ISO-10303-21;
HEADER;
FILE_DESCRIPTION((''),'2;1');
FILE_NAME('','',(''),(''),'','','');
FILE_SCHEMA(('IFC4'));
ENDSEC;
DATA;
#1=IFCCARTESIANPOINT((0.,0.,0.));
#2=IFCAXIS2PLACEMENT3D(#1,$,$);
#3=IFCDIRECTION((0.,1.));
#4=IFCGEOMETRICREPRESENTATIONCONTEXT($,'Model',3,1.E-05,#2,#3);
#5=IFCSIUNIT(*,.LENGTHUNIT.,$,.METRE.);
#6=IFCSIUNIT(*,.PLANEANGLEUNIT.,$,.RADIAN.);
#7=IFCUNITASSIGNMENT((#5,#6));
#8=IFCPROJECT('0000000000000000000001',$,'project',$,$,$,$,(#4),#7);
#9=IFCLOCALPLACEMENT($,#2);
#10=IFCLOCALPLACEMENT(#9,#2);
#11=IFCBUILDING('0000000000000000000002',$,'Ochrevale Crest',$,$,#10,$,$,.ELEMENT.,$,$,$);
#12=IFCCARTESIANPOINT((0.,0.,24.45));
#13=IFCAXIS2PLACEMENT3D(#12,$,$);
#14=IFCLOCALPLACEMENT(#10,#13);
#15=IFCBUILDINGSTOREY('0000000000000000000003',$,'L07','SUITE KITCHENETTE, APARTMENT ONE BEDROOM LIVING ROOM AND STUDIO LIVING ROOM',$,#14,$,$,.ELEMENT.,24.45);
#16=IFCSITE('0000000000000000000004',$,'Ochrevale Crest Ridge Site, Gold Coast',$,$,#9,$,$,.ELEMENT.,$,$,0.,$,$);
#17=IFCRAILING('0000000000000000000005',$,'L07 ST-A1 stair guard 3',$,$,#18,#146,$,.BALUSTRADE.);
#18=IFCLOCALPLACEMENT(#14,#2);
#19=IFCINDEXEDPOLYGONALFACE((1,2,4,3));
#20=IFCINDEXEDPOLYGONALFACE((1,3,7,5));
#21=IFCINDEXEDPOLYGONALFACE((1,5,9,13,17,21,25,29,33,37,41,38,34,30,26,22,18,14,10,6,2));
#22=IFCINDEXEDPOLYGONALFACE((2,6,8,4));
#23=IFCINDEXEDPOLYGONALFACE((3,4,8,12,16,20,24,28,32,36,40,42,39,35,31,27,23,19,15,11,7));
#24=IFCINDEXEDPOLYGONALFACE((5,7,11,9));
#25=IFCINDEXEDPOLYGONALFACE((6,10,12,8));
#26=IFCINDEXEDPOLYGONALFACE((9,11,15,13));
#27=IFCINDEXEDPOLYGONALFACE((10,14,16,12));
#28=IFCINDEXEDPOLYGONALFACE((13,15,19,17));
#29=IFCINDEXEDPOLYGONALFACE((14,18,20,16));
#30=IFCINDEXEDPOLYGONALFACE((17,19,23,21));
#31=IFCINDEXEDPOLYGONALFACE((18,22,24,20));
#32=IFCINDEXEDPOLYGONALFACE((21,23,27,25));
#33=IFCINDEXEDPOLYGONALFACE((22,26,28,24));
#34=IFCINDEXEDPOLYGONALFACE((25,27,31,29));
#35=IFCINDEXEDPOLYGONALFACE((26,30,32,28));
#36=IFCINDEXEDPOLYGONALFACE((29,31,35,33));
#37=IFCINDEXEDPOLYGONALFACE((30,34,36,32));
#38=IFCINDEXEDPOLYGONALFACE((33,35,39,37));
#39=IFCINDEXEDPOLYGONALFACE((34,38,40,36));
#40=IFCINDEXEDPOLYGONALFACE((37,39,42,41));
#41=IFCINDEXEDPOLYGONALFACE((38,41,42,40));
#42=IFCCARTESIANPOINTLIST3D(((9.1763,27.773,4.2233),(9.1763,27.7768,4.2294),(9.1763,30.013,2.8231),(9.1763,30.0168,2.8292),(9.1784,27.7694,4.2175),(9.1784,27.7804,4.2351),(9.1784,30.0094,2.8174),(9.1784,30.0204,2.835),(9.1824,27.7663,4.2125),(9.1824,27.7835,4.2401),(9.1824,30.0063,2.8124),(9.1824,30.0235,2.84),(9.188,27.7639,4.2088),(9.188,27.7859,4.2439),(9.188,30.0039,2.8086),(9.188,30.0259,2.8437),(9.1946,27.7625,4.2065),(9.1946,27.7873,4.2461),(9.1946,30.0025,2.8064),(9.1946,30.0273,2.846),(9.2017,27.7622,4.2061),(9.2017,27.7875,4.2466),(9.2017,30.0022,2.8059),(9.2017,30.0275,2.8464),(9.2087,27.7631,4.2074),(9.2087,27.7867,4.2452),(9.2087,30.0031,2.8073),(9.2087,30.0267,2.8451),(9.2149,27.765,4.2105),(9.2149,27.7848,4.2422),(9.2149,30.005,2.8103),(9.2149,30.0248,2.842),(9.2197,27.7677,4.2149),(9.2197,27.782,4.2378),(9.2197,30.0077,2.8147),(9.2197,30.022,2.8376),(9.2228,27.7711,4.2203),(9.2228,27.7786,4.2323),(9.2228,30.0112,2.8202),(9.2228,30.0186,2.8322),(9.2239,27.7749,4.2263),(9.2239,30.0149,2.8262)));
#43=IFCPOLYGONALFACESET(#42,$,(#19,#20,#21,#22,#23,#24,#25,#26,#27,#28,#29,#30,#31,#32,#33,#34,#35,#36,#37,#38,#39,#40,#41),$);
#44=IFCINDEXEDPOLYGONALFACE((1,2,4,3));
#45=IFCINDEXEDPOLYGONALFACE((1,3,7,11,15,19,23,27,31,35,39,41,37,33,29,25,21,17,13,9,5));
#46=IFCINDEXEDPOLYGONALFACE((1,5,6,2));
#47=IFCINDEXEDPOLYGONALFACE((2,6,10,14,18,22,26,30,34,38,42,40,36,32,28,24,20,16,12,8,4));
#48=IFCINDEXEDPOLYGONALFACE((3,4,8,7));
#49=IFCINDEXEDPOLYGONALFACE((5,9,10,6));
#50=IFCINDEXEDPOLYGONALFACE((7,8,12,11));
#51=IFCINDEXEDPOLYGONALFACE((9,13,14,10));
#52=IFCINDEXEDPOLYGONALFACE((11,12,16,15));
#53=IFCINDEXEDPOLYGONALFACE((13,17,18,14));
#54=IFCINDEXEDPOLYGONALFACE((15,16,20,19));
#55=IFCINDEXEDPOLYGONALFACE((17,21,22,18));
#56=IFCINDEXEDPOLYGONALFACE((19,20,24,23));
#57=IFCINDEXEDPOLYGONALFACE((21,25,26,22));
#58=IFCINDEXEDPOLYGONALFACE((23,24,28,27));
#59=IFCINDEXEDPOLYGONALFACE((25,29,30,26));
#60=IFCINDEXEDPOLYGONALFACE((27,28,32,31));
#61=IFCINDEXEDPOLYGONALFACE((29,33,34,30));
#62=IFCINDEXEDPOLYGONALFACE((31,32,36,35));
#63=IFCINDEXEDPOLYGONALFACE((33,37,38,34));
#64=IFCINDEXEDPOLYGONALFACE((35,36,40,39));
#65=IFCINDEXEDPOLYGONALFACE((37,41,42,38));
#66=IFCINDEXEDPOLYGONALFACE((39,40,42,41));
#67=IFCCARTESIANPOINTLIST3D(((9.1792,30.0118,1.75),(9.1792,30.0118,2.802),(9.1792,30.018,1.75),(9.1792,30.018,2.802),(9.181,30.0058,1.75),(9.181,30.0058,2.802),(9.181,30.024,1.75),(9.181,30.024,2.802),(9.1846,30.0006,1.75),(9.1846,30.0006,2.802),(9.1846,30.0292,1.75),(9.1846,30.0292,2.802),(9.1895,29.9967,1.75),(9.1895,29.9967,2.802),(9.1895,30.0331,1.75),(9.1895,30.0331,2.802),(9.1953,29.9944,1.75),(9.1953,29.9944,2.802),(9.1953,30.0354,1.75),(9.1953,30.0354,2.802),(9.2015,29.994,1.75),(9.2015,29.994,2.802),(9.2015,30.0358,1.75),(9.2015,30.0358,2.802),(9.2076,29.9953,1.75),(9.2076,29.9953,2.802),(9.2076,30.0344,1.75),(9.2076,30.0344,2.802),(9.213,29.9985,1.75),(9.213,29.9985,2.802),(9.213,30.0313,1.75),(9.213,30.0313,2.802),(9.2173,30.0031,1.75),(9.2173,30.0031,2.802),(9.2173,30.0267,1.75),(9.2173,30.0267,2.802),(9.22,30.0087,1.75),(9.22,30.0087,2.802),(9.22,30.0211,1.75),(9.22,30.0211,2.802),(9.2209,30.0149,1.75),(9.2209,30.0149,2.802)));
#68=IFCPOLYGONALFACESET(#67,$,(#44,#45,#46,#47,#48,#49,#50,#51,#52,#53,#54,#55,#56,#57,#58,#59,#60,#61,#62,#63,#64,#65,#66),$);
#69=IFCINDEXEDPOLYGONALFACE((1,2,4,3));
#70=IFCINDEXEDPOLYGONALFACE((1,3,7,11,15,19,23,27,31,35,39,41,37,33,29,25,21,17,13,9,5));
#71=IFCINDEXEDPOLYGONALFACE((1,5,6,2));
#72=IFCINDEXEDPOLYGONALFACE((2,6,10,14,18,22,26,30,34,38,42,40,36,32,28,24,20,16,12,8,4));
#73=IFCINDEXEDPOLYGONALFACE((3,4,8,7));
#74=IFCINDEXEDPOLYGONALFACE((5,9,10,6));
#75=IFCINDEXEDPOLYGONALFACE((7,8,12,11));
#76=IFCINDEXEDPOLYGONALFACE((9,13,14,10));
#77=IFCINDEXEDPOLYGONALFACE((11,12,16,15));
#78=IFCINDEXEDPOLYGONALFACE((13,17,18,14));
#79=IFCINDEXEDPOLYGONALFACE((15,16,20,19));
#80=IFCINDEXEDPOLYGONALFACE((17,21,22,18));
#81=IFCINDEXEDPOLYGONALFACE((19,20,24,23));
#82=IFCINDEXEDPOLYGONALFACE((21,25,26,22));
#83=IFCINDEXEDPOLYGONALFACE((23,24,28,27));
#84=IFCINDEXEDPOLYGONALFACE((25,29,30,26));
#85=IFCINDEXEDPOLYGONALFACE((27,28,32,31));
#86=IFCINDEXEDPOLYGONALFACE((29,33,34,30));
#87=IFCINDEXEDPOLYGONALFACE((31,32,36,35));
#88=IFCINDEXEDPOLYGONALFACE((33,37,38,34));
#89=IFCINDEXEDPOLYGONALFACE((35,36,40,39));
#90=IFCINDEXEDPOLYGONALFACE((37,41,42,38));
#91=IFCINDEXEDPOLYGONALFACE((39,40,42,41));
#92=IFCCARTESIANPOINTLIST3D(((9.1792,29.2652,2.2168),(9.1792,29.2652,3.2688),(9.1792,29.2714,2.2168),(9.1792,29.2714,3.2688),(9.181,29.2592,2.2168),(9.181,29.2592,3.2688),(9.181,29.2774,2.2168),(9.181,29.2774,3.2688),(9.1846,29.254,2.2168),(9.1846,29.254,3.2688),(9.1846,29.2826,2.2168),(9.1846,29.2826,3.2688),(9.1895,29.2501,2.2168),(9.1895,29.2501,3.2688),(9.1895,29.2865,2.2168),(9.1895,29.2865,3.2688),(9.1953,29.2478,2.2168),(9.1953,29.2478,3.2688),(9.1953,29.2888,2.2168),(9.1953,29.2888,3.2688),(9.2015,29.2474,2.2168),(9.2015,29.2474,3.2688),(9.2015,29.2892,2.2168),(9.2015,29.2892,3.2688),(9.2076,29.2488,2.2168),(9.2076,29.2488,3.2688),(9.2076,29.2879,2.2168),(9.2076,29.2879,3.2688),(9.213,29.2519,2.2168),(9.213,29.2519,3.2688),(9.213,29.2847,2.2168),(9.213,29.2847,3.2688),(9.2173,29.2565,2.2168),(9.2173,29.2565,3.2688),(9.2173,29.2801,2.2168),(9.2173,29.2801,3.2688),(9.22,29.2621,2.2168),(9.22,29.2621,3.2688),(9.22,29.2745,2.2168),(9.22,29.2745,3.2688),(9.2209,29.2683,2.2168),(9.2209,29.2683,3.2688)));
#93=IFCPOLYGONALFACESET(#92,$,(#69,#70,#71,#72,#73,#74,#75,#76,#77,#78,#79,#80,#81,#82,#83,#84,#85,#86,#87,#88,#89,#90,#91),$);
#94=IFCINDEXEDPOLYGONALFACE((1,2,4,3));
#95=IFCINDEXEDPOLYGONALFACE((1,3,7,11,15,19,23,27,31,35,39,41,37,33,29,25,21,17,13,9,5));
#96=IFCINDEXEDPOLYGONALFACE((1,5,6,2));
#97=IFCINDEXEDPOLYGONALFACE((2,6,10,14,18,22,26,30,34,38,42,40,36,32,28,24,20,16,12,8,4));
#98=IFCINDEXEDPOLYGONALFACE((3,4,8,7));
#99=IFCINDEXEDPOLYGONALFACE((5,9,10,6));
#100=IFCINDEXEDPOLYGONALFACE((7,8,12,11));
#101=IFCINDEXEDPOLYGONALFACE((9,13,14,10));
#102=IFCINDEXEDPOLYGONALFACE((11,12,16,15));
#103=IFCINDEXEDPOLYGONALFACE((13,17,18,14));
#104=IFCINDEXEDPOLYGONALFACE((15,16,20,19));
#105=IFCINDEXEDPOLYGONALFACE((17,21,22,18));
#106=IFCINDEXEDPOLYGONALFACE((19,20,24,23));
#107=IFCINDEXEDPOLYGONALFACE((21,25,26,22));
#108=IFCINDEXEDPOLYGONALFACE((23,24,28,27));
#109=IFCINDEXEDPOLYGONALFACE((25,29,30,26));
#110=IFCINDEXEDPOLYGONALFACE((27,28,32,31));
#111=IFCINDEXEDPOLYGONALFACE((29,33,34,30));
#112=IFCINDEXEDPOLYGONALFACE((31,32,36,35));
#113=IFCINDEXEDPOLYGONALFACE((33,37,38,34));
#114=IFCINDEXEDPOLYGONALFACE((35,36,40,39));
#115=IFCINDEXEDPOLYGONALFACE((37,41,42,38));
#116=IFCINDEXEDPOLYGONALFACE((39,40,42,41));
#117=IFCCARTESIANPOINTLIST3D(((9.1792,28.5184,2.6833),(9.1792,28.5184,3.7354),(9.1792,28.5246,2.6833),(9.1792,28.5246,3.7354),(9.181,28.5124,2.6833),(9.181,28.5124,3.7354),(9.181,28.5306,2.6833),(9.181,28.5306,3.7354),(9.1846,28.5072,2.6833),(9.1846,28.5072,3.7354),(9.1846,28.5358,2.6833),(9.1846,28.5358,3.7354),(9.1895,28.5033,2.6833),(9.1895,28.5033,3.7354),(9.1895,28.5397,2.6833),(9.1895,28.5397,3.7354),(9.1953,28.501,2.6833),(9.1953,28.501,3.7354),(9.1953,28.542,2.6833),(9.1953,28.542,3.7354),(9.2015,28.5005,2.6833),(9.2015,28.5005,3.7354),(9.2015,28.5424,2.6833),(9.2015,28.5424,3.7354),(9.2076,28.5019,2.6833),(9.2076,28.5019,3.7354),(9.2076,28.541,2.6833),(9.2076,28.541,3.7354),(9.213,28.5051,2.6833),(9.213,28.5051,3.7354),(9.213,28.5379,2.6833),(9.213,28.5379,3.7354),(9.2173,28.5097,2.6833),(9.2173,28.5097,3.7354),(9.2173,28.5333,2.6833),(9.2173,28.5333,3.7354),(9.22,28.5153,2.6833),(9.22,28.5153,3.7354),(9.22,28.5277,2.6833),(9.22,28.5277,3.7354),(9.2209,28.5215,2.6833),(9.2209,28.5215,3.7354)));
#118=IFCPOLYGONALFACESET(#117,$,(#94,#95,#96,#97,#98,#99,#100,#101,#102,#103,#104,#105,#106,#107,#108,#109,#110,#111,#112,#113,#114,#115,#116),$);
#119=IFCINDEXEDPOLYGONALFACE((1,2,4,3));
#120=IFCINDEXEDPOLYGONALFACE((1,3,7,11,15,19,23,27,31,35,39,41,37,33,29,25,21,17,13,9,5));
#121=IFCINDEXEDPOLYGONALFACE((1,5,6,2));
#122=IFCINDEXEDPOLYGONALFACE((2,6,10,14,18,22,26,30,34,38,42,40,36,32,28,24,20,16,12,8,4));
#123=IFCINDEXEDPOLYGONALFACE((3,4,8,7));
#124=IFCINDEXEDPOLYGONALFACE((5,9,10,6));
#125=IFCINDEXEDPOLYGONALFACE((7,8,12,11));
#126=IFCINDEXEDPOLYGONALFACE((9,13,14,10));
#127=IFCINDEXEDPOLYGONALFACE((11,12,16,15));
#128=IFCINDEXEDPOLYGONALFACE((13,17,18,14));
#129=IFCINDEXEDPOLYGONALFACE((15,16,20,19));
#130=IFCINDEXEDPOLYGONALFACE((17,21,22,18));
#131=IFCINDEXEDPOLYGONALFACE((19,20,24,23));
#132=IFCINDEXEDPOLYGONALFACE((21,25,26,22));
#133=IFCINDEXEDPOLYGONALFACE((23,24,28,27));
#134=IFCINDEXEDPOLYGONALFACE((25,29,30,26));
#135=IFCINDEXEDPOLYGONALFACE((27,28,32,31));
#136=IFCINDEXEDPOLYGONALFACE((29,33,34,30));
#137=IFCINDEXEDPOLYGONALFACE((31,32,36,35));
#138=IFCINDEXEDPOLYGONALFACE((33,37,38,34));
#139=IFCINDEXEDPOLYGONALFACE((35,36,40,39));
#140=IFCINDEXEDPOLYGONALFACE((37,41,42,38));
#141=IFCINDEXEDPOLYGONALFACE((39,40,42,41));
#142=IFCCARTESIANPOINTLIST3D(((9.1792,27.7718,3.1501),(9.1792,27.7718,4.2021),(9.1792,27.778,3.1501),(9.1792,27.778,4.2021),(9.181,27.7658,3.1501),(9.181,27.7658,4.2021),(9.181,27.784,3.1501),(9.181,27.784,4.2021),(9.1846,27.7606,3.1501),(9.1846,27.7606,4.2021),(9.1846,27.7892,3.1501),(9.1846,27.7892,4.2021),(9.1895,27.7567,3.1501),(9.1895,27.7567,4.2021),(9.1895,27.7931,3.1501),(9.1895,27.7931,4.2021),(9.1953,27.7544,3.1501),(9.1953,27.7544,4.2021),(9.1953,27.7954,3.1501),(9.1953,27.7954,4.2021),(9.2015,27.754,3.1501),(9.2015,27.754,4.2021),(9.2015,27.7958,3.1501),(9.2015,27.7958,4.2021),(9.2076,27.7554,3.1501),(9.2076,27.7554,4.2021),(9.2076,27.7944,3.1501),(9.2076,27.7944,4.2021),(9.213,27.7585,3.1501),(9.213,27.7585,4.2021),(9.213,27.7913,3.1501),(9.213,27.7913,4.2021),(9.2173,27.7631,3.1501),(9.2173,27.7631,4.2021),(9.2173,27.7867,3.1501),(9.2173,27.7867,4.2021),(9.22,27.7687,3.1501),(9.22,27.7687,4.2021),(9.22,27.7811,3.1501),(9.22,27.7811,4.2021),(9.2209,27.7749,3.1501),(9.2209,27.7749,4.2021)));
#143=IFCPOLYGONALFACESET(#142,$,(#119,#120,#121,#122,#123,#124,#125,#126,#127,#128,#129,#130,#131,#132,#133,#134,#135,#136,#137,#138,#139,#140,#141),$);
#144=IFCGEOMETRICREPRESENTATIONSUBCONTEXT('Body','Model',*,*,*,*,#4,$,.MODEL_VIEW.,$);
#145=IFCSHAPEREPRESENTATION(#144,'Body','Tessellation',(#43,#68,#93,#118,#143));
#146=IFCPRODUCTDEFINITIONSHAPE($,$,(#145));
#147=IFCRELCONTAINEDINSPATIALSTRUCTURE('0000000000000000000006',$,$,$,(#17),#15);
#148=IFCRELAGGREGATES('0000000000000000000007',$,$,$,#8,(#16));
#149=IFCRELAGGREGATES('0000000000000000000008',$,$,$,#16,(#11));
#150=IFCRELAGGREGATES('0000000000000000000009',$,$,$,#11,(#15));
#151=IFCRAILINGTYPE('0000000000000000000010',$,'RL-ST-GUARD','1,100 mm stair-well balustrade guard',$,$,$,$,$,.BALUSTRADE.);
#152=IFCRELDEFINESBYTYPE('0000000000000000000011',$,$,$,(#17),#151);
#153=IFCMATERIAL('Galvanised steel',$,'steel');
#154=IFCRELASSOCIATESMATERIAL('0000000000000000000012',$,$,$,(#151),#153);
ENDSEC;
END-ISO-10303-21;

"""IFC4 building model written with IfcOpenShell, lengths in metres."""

from ifc_helpers import new_model, si_unit, direction, frame, origin, origin_2d, place, context, subcontext, project, spatial, circle, extrude, material, type_object, element, save


model = new_model("IFC4")

# Units and contexts
model_context = context("Model", 3, precision=1e-05, world=origin(), true_north=direction((0.0, 1.0)))
body_context = subcontext(model_context, "Body", "Model", "MODEL_VIEW")
ifc_project = project(units=[si_unit("LENGTHUNIT", "METRE"), si_unit("PLANEANGLEUNIT", "RADIAN")], contexts=[model_context])

# Site, building, storey
site_placement = place(None, origin())
site = spatial("IfcSite", under=ifc_project, at=site_placement, Name="Ochrevale Crest Ridge Site, Gold Coast", CompositionType="ELEMENT", RefElevation=0.0)
building_placement = place(site_placement, origin())
building = spatial("IfcBuilding", under=site, at=building_placement, Name="Ochrevale Crest", CompositionType="ELEMENT")
storey_placement = place(building_placement, frame((0.0, 0.0, 24.45)))
storey = spatial("IfcBuildingStorey", under=building, at=storey_placement, Name="L07", Description="SUITE KITCHENETTE, APARTMENT ONE BEDROOM LIVING ROOM AND STUDIO LIVING ROOM", CompositionType="ELEMENT", Elevation=24.45)

# Railing
ifc_material_1 = material(Name="Galvanised steel", Category="steel")
railing_type_1 = type_object("IfcRailingType", Name="RL-ST-GUARD", Description="1,100 mm stair-well balustrade guard", PredefinedType="BALUSTRADE", material=ifc_material_1)
railing_1_placement = place(storey_placement, frame((9.2, 30.0149, 1.75)))
element("IfcRailing", 1, at=railing_1_placement, inside=storey, type_object=railing_type_1, Name="L07 ST-A1 stair guard 3", PredefinedType="BALUSTRADE", context=body_context, shape_type="SweptSolid", body=[
    extrude(circle(Radius=0.0239, at=origin_2d()), frame((0.0, 0.0, 1.0762), z_axis=(0.0, -0.847972, 0.53004), x_axis=(1.0, 0.0, 0.0)), (0.0, 0.0, 1.0), 2.6416),
    extrude(circle(Radius=0.021, at=origin_2d()), origin(), (0.0, 0.0, 1.0), 1.052),
    extrude(circle(Radius=0.021, at=origin_2d()), frame((0.0, -0.7466, 0.4668)), (0.0, 0.0, 1.0), 1.052),
    extrude(circle(Radius=0.021, at=origin_2d()), frame((0.0, -1.4934, 0.9333)), (0.0, 0.0, 1.0), 1.052),
    extrude(circle(Radius=0.021, at=origin_2d()), frame((0.0, -2.24, 1.4001)), (0.0, 0.0, 1.0), 1.052),
])

save(model, "model.ifc")
